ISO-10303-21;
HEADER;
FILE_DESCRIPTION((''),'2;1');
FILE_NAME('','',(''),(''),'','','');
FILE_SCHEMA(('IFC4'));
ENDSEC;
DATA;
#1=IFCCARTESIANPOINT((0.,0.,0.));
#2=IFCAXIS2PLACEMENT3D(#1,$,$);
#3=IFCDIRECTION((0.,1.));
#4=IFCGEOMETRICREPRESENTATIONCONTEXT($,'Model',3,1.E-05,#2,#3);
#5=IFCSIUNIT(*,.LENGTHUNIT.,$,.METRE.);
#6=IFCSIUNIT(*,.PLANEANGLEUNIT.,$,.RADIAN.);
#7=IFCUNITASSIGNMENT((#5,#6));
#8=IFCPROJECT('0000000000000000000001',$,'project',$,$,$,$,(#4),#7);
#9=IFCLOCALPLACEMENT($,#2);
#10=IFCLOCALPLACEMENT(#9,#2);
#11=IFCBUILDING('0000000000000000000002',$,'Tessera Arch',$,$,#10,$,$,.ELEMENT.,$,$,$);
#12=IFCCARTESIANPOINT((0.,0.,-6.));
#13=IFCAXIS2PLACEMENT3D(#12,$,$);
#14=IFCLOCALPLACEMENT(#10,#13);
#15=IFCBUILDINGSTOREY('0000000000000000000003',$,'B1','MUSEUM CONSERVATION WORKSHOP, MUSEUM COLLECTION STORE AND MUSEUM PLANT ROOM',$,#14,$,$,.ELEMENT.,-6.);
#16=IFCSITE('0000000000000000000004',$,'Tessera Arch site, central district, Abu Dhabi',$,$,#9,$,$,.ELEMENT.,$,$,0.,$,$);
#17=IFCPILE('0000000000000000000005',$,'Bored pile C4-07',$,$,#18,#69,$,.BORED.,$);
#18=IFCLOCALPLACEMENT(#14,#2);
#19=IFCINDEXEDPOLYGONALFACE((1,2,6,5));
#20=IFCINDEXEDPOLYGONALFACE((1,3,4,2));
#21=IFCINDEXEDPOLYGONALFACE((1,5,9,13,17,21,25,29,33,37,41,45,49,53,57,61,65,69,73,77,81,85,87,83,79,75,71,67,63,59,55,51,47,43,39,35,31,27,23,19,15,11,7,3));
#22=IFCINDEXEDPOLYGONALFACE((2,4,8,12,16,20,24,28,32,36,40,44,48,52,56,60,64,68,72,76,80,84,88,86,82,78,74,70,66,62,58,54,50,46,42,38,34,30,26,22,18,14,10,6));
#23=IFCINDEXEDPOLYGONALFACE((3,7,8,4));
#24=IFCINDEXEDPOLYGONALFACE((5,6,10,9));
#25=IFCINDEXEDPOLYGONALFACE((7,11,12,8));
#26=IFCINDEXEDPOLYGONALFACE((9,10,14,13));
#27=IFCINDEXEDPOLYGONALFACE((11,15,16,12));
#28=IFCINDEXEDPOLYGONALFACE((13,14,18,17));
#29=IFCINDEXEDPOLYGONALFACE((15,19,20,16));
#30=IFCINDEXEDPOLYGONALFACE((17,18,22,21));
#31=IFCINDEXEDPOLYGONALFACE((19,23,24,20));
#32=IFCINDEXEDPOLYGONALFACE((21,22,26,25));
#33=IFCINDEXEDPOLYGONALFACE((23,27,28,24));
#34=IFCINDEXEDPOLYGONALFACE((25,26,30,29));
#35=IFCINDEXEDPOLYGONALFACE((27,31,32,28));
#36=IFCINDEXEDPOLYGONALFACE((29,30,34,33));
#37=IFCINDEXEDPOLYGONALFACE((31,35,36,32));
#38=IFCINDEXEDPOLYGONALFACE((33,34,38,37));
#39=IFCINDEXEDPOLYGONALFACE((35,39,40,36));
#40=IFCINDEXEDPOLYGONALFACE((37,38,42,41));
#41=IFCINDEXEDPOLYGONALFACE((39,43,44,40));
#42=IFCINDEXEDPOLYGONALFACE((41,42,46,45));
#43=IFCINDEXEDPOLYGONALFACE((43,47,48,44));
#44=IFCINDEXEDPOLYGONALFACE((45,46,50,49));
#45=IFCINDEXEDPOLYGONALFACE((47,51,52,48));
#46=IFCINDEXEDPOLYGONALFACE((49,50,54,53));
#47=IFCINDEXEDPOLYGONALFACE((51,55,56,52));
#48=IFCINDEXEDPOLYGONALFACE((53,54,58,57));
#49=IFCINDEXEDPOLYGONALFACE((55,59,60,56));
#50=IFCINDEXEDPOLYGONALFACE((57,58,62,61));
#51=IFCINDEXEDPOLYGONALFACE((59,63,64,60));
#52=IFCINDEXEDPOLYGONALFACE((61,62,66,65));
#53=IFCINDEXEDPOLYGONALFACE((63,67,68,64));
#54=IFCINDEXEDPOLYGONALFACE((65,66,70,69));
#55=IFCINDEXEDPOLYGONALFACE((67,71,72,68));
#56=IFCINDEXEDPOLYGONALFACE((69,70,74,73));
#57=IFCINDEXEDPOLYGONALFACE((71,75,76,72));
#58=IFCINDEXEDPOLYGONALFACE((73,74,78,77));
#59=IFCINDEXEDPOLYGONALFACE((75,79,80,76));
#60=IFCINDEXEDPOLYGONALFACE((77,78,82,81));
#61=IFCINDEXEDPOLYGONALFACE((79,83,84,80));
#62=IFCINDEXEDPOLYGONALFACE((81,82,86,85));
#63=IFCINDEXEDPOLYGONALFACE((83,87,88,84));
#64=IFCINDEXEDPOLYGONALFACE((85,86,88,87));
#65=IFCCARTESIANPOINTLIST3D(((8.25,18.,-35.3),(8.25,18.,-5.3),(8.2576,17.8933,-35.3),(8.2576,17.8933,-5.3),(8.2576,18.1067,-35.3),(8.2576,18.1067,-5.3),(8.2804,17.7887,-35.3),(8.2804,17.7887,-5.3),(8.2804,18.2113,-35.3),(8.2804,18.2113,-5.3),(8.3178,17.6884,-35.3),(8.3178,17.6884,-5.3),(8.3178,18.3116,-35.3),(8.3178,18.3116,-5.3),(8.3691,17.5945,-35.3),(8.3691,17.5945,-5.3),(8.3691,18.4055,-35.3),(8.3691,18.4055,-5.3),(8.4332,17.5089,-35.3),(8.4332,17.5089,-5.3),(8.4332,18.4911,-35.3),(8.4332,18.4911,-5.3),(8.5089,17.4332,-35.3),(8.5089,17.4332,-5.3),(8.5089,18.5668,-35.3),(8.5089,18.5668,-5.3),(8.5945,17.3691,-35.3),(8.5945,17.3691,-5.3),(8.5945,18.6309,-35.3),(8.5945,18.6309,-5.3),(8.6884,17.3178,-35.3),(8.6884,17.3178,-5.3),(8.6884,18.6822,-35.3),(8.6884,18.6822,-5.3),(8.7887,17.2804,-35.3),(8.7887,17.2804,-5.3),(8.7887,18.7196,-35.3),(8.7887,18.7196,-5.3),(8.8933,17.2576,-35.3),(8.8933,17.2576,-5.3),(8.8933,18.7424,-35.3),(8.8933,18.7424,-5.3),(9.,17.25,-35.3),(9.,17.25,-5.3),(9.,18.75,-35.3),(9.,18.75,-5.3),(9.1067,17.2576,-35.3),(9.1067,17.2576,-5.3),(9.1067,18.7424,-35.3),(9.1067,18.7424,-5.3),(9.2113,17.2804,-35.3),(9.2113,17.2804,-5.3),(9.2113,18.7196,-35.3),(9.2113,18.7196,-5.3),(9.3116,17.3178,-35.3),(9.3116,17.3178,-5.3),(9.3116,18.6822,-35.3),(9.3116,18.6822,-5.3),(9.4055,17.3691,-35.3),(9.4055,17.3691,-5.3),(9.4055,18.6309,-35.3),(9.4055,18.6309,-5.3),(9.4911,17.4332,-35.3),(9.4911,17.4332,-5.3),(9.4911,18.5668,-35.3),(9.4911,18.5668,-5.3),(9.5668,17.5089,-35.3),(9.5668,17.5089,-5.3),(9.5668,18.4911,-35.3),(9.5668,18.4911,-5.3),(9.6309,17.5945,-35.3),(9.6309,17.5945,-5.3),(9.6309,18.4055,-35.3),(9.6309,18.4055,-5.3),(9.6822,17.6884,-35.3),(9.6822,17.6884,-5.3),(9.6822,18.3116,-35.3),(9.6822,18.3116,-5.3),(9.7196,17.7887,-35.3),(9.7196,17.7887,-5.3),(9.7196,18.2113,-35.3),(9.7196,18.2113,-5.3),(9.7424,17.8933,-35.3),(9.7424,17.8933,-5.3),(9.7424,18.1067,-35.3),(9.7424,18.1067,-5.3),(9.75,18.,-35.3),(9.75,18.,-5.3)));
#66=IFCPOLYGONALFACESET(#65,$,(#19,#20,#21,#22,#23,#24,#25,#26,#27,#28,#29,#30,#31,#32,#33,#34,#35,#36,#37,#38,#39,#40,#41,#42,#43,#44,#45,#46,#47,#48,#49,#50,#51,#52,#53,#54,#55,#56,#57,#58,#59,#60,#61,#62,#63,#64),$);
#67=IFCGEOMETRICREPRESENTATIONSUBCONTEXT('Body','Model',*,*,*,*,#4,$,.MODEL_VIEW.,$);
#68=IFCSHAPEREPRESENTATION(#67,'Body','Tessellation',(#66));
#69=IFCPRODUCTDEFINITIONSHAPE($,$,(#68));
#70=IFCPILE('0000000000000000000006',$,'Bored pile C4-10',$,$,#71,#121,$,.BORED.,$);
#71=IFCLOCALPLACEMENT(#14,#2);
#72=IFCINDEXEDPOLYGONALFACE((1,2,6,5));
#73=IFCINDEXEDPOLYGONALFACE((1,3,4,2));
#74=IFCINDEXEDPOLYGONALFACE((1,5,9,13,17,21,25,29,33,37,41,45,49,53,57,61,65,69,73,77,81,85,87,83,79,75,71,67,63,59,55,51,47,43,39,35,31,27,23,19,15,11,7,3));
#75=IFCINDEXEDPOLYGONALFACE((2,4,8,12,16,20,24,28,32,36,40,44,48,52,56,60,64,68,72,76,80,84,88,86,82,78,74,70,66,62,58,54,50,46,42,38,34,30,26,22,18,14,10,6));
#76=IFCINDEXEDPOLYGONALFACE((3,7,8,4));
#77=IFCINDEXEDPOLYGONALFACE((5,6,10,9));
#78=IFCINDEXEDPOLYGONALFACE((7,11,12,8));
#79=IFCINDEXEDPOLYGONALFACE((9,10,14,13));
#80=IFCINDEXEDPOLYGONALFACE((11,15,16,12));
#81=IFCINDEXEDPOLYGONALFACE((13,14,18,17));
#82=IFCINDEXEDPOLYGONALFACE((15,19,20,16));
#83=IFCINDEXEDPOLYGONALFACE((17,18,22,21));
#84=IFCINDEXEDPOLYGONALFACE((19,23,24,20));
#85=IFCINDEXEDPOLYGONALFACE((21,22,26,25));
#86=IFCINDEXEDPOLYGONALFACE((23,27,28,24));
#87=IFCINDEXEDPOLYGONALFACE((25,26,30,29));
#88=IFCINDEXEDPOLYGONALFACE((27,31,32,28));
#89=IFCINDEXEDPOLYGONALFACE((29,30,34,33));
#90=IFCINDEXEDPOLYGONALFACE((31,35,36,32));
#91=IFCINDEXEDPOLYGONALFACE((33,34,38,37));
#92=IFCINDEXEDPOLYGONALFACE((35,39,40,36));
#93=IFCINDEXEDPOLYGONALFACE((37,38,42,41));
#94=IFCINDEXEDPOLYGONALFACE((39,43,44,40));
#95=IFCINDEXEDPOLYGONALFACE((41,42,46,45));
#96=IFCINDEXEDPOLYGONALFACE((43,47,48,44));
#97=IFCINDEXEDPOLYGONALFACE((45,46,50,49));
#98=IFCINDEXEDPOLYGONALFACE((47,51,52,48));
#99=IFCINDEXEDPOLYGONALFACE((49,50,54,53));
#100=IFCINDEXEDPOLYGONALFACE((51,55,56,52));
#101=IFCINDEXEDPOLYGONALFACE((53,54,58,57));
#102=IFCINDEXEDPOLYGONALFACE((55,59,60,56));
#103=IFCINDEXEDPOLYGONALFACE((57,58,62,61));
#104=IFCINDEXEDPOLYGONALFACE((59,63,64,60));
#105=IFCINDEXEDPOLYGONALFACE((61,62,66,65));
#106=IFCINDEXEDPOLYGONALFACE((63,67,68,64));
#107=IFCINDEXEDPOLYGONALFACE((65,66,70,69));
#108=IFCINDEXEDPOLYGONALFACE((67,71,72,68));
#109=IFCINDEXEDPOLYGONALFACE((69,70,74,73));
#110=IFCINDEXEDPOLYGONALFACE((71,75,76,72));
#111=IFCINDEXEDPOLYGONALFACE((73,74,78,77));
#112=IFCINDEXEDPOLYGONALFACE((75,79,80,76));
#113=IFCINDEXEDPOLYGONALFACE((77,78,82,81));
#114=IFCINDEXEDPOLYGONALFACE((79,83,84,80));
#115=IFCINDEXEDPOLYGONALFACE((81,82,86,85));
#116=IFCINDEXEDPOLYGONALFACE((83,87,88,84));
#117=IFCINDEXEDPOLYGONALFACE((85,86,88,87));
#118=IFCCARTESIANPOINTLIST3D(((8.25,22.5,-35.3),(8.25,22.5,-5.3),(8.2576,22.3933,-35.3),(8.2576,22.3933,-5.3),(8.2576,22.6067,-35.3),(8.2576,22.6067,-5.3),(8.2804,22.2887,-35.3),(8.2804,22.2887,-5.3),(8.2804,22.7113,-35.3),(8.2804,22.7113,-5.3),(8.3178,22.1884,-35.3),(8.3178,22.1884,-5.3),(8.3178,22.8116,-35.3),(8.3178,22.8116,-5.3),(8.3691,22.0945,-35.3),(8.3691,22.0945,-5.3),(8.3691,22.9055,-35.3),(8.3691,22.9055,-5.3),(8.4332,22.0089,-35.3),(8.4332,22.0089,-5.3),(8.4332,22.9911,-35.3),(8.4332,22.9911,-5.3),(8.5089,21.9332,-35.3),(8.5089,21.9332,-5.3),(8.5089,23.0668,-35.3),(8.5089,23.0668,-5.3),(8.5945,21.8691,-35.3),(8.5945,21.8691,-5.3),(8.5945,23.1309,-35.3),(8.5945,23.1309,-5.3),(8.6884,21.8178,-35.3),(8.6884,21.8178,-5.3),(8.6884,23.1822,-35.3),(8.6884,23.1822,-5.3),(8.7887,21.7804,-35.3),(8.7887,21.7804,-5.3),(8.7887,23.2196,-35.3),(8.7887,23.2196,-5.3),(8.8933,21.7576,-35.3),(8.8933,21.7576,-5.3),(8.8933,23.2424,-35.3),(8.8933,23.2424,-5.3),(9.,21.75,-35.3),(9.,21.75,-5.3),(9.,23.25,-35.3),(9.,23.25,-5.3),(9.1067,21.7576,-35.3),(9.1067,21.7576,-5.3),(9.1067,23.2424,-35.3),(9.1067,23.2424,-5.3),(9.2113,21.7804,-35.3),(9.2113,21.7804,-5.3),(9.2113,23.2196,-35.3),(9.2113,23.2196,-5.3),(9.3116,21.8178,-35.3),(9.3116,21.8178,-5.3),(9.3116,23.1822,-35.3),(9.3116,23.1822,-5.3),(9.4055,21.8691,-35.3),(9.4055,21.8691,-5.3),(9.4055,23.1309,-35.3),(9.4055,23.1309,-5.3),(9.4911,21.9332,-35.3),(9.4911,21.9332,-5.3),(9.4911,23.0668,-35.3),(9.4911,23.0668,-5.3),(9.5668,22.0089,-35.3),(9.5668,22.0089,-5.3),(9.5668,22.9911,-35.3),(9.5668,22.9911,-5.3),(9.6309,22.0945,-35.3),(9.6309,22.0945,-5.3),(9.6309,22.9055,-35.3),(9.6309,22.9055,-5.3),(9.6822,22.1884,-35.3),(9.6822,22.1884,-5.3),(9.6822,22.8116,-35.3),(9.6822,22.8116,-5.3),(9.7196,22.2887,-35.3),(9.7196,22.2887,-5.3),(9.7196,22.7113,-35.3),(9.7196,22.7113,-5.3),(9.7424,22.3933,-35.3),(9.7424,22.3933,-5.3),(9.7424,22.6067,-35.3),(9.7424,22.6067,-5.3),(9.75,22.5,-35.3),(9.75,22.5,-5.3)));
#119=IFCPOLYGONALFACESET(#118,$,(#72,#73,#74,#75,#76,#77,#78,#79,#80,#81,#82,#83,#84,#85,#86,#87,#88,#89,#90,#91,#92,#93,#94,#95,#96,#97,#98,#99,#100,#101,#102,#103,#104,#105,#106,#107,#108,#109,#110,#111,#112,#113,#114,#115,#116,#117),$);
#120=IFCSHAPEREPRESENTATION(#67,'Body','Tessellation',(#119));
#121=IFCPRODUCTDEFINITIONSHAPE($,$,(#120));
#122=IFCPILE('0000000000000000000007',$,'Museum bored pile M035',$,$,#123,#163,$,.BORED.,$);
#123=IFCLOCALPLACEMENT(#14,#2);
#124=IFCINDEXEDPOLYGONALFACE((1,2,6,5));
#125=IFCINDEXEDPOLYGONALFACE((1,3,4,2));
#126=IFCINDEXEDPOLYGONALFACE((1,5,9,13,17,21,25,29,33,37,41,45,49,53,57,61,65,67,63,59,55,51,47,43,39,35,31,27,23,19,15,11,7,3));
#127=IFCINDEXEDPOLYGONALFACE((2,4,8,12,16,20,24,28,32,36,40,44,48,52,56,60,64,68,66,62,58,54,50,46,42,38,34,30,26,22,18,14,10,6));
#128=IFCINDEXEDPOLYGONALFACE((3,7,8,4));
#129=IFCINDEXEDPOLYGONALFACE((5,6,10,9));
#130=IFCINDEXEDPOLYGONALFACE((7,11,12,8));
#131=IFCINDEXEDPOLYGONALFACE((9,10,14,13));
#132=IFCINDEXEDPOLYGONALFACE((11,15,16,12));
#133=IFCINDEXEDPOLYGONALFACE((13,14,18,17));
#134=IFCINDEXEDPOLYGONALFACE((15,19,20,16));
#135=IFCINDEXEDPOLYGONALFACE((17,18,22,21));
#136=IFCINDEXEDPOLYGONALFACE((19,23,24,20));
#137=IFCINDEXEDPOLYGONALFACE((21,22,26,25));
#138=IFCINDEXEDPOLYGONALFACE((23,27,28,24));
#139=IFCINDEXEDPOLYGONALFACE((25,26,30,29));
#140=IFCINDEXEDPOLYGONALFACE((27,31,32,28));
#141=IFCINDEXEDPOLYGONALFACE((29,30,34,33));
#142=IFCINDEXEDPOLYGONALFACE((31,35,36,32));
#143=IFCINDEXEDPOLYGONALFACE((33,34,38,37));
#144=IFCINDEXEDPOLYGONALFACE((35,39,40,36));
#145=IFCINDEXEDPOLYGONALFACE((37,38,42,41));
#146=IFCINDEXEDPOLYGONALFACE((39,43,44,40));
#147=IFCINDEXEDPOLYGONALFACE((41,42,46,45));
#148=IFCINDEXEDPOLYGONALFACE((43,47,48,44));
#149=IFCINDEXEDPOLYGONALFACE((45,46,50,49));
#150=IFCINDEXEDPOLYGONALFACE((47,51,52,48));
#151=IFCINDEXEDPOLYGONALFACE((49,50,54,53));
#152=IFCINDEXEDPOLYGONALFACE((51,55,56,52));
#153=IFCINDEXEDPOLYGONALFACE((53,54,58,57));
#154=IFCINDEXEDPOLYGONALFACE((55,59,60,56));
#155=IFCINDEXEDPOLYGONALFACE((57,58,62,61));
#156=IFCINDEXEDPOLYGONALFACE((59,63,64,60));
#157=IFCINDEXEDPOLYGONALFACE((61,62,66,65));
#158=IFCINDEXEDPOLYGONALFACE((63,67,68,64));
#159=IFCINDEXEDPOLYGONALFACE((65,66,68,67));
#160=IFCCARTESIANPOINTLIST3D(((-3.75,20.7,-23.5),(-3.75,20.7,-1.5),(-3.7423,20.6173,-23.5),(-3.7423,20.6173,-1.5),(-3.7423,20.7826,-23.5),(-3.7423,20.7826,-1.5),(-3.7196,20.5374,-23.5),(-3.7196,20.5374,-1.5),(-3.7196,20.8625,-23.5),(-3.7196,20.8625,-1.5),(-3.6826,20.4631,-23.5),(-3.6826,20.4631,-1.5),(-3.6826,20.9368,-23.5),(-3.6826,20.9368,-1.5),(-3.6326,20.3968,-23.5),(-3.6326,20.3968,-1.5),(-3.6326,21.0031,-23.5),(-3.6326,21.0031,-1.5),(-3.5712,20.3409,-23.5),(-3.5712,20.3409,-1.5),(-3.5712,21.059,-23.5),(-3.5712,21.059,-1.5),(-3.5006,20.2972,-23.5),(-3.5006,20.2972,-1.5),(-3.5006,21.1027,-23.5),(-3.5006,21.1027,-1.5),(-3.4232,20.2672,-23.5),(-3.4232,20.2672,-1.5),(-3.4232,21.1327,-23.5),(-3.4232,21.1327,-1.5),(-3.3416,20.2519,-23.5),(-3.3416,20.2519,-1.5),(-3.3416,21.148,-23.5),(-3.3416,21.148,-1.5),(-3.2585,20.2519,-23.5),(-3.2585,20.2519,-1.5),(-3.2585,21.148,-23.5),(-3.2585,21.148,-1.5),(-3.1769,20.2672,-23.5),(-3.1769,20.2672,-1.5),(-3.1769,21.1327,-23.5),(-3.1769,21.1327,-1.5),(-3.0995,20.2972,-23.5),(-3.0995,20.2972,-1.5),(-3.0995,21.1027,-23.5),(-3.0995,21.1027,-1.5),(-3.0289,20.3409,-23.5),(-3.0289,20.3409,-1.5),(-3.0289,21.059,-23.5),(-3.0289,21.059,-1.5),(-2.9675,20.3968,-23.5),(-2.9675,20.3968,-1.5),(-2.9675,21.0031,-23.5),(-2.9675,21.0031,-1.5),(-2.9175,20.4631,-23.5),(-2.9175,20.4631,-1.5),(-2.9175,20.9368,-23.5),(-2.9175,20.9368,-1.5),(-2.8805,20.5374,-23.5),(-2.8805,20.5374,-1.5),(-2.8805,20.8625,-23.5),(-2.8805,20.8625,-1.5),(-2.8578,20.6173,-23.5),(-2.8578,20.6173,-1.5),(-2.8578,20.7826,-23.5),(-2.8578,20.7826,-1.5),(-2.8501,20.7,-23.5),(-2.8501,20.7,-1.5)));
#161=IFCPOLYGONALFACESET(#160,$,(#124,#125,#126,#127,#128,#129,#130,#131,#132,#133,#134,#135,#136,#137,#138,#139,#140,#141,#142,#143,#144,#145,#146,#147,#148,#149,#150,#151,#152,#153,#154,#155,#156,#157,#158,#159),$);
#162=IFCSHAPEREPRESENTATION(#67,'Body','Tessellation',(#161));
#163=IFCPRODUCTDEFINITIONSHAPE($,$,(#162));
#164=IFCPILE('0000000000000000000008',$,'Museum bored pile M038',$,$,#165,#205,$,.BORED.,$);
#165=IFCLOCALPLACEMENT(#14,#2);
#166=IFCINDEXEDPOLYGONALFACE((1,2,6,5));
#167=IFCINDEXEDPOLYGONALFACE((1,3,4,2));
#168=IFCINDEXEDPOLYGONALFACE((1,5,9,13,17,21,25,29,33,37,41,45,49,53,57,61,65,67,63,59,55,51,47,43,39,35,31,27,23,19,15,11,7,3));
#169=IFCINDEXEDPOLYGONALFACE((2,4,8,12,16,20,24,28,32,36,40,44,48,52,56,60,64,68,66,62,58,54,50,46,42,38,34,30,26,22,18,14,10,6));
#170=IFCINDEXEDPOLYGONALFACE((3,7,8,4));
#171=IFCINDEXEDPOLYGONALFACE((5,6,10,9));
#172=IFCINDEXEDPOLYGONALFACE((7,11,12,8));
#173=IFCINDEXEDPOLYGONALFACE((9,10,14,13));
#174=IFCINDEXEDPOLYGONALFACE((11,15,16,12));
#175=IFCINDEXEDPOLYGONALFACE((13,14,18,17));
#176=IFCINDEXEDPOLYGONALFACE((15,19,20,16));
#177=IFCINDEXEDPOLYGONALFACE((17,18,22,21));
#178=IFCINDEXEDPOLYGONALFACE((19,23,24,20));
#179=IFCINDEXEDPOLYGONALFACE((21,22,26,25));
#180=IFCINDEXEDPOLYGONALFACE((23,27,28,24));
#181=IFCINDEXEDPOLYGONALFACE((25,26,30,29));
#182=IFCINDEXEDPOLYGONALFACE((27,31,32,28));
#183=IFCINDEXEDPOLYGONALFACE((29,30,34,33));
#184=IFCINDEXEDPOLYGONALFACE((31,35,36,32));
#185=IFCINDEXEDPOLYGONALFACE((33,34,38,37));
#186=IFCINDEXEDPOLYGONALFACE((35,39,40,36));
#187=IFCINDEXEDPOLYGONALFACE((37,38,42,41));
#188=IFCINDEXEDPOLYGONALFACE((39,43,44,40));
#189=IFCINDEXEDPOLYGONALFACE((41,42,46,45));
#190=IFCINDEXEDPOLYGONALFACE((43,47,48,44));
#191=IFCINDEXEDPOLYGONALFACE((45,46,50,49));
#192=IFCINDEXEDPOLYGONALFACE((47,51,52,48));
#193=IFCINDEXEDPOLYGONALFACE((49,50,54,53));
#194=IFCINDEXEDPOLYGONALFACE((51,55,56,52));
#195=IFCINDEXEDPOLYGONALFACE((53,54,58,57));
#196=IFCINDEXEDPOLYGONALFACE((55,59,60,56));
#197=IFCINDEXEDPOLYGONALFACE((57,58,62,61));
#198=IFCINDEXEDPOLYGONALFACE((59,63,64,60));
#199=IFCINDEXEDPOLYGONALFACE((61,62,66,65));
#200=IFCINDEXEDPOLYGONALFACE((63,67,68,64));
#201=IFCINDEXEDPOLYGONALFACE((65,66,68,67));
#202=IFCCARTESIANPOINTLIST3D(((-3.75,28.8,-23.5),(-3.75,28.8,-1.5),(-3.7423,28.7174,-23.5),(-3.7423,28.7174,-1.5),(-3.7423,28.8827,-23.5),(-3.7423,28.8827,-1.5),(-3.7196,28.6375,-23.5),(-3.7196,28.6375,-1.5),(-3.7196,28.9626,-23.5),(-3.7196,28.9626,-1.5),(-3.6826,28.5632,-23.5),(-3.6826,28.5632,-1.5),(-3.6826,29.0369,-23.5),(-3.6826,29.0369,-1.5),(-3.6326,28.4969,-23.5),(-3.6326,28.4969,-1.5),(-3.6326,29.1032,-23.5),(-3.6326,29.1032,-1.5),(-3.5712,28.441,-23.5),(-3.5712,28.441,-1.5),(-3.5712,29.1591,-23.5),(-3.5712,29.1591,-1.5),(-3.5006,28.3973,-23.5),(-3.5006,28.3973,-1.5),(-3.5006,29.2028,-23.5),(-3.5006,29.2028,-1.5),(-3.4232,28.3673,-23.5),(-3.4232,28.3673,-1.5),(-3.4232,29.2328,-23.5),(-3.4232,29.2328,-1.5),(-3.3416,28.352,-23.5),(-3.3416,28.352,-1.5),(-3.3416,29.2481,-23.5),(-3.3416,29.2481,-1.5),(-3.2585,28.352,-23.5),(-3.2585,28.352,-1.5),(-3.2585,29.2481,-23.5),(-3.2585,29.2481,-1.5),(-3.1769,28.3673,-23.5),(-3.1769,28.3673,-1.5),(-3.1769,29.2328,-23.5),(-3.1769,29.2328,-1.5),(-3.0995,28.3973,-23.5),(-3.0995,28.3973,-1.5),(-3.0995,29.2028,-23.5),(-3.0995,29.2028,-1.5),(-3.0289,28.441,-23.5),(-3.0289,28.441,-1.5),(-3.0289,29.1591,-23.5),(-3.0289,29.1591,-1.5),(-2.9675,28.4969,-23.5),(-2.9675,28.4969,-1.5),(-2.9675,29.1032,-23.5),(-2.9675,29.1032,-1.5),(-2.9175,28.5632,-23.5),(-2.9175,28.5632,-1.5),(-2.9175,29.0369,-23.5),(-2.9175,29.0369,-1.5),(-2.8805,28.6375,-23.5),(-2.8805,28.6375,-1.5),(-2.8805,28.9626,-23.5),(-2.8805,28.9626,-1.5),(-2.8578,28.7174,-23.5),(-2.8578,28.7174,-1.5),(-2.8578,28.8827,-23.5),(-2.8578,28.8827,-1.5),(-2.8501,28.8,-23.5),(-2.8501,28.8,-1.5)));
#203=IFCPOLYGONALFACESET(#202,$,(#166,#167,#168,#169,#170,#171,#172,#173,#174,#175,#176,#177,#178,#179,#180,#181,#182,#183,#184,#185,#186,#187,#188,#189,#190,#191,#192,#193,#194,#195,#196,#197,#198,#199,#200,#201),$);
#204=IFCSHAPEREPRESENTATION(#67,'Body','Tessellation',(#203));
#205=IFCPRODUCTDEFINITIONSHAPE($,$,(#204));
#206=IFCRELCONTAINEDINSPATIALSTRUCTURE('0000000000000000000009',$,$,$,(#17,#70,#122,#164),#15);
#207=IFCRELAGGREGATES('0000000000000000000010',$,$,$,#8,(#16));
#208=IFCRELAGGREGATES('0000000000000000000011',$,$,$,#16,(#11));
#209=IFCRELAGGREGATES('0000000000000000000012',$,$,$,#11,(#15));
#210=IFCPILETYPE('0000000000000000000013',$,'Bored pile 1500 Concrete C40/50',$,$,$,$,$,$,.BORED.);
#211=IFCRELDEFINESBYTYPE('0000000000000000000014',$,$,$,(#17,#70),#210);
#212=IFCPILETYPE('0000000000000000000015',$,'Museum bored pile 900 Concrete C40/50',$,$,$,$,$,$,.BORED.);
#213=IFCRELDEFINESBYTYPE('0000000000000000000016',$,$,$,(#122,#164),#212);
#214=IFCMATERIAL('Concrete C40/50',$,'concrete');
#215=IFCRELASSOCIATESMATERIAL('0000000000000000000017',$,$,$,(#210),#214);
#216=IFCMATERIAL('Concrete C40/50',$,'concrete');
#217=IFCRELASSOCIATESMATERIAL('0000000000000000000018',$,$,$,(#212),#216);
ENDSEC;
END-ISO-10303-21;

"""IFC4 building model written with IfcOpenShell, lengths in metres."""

from ifc_helpers import new_model, si_unit, direction, frame, origin, origin_2d, place, context, subcontext, project, spatial, circle, extrude, material, type_object, element, save


model = new_model("IFC4")

# Units and contexts
model_context = context("Model", 3, precision=1e-05, world=origin(), true_north=direction((0.0, 1.0)))
body_context = subcontext(model_context, "Body", "Model", "MODEL_VIEW")
ifc_project = project(units=[si_unit("LENGTHUNIT", "METRE"), si_unit("PLANEANGLEUNIT", "RADIAN")], contexts=[model_context])

# Site, building, storey
site_placement = place(None, origin())
site = spatial("IfcSite", under=ifc_project, at=site_placement, Name="Tessera Arch site, central district, Abu Dhabi", CompositionType="ELEMENT", RefElevation=0.0)
building_placement = place(site_placement, origin())
building = spatial("IfcBuilding", under=site, at=building_placement, Name="Tessera Arch", CompositionType="ELEMENT")
storey_placement = place(building_placement, frame((0.0, 0.0, -6.0)))
storey = spatial("IfcBuildingStorey", under=building, at=storey_placement, Name="B1", Description="MUSEUM CONSERVATION WORKSHOP, MUSEUM COLLECTION STORE AND MUSEUM PLANT ROOM", CompositionType="ELEMENT", Elevation=-6.0)

# Piles
ifc_material_1 = material(Name="Concrete C40/50", Category="concrete")
pile_type_1 = type_object("IfcPileType", Name="Bored pile 1500 Concrete C40/50", PredefinedType="BORED", material=ifc_material_1)
for number, where, z_axis, x_axis, name in (
    (1, (9.0, 18.0, -5.3), (0.0, 0.0, -1.0), (1.0, 0.0, 0.0), "Bored pile C4-07"),
    (2, (9.0, 22.5, -5.3), (0.0, 0.0, -1.0), (1.0, 0.0, 0.0), "Bored pile C4-10"),
):
    element("IfcPile", number, at=place(storey_placement, frame(where, z_axis=z_axis, x_axis=x_axis)), inside=storey, type_object=pile_type_1, Name=name, PredefinedType="BORED", context=body_context, shape_type="SweptSolid", body=[
        extrude(circle(Radius=0.75, at=origin_2d()), origin(), (0.0, 0.0, 1.0), 30.0),
    ])
ifc_material_2 = material(Name="Concrete C40/50", Category="concrete")
pile_type_2 = type_object("IfcPileType", Name="Museum bored pile 900 Concrete C40/50", PredefinedType="BORED", material=ifc_material_2)
for number, where, z_axis, x_axis, name in (
    (3, (-3.3, 20.7, -1.5), (0.0, 0.0, -1.0), (1.0, 0.0, 0.0), "Museum bored pile M035"),
    (4, (-3.3, 28.8, -1.5), (0.0, 0.0, -1.0), (1.0, 0.0, 0.0), "Museum bored pile M038"),
):
    element("IfcPile", number, at=place(storey_placement, frame(where, z_axis=z_axis, x_axis=x_axis)), inside=storey, type_object=pile_type_2, Name=name, PredefinedType="BORED", context=body_context, shape_type="SweptSolid", body=[
        extrude(circle(Radius=0.45, at=origin_2d()), origin(), (0.0, 0.0, 1.0), 22.0),
    ])

save(model, "model.ifc")
